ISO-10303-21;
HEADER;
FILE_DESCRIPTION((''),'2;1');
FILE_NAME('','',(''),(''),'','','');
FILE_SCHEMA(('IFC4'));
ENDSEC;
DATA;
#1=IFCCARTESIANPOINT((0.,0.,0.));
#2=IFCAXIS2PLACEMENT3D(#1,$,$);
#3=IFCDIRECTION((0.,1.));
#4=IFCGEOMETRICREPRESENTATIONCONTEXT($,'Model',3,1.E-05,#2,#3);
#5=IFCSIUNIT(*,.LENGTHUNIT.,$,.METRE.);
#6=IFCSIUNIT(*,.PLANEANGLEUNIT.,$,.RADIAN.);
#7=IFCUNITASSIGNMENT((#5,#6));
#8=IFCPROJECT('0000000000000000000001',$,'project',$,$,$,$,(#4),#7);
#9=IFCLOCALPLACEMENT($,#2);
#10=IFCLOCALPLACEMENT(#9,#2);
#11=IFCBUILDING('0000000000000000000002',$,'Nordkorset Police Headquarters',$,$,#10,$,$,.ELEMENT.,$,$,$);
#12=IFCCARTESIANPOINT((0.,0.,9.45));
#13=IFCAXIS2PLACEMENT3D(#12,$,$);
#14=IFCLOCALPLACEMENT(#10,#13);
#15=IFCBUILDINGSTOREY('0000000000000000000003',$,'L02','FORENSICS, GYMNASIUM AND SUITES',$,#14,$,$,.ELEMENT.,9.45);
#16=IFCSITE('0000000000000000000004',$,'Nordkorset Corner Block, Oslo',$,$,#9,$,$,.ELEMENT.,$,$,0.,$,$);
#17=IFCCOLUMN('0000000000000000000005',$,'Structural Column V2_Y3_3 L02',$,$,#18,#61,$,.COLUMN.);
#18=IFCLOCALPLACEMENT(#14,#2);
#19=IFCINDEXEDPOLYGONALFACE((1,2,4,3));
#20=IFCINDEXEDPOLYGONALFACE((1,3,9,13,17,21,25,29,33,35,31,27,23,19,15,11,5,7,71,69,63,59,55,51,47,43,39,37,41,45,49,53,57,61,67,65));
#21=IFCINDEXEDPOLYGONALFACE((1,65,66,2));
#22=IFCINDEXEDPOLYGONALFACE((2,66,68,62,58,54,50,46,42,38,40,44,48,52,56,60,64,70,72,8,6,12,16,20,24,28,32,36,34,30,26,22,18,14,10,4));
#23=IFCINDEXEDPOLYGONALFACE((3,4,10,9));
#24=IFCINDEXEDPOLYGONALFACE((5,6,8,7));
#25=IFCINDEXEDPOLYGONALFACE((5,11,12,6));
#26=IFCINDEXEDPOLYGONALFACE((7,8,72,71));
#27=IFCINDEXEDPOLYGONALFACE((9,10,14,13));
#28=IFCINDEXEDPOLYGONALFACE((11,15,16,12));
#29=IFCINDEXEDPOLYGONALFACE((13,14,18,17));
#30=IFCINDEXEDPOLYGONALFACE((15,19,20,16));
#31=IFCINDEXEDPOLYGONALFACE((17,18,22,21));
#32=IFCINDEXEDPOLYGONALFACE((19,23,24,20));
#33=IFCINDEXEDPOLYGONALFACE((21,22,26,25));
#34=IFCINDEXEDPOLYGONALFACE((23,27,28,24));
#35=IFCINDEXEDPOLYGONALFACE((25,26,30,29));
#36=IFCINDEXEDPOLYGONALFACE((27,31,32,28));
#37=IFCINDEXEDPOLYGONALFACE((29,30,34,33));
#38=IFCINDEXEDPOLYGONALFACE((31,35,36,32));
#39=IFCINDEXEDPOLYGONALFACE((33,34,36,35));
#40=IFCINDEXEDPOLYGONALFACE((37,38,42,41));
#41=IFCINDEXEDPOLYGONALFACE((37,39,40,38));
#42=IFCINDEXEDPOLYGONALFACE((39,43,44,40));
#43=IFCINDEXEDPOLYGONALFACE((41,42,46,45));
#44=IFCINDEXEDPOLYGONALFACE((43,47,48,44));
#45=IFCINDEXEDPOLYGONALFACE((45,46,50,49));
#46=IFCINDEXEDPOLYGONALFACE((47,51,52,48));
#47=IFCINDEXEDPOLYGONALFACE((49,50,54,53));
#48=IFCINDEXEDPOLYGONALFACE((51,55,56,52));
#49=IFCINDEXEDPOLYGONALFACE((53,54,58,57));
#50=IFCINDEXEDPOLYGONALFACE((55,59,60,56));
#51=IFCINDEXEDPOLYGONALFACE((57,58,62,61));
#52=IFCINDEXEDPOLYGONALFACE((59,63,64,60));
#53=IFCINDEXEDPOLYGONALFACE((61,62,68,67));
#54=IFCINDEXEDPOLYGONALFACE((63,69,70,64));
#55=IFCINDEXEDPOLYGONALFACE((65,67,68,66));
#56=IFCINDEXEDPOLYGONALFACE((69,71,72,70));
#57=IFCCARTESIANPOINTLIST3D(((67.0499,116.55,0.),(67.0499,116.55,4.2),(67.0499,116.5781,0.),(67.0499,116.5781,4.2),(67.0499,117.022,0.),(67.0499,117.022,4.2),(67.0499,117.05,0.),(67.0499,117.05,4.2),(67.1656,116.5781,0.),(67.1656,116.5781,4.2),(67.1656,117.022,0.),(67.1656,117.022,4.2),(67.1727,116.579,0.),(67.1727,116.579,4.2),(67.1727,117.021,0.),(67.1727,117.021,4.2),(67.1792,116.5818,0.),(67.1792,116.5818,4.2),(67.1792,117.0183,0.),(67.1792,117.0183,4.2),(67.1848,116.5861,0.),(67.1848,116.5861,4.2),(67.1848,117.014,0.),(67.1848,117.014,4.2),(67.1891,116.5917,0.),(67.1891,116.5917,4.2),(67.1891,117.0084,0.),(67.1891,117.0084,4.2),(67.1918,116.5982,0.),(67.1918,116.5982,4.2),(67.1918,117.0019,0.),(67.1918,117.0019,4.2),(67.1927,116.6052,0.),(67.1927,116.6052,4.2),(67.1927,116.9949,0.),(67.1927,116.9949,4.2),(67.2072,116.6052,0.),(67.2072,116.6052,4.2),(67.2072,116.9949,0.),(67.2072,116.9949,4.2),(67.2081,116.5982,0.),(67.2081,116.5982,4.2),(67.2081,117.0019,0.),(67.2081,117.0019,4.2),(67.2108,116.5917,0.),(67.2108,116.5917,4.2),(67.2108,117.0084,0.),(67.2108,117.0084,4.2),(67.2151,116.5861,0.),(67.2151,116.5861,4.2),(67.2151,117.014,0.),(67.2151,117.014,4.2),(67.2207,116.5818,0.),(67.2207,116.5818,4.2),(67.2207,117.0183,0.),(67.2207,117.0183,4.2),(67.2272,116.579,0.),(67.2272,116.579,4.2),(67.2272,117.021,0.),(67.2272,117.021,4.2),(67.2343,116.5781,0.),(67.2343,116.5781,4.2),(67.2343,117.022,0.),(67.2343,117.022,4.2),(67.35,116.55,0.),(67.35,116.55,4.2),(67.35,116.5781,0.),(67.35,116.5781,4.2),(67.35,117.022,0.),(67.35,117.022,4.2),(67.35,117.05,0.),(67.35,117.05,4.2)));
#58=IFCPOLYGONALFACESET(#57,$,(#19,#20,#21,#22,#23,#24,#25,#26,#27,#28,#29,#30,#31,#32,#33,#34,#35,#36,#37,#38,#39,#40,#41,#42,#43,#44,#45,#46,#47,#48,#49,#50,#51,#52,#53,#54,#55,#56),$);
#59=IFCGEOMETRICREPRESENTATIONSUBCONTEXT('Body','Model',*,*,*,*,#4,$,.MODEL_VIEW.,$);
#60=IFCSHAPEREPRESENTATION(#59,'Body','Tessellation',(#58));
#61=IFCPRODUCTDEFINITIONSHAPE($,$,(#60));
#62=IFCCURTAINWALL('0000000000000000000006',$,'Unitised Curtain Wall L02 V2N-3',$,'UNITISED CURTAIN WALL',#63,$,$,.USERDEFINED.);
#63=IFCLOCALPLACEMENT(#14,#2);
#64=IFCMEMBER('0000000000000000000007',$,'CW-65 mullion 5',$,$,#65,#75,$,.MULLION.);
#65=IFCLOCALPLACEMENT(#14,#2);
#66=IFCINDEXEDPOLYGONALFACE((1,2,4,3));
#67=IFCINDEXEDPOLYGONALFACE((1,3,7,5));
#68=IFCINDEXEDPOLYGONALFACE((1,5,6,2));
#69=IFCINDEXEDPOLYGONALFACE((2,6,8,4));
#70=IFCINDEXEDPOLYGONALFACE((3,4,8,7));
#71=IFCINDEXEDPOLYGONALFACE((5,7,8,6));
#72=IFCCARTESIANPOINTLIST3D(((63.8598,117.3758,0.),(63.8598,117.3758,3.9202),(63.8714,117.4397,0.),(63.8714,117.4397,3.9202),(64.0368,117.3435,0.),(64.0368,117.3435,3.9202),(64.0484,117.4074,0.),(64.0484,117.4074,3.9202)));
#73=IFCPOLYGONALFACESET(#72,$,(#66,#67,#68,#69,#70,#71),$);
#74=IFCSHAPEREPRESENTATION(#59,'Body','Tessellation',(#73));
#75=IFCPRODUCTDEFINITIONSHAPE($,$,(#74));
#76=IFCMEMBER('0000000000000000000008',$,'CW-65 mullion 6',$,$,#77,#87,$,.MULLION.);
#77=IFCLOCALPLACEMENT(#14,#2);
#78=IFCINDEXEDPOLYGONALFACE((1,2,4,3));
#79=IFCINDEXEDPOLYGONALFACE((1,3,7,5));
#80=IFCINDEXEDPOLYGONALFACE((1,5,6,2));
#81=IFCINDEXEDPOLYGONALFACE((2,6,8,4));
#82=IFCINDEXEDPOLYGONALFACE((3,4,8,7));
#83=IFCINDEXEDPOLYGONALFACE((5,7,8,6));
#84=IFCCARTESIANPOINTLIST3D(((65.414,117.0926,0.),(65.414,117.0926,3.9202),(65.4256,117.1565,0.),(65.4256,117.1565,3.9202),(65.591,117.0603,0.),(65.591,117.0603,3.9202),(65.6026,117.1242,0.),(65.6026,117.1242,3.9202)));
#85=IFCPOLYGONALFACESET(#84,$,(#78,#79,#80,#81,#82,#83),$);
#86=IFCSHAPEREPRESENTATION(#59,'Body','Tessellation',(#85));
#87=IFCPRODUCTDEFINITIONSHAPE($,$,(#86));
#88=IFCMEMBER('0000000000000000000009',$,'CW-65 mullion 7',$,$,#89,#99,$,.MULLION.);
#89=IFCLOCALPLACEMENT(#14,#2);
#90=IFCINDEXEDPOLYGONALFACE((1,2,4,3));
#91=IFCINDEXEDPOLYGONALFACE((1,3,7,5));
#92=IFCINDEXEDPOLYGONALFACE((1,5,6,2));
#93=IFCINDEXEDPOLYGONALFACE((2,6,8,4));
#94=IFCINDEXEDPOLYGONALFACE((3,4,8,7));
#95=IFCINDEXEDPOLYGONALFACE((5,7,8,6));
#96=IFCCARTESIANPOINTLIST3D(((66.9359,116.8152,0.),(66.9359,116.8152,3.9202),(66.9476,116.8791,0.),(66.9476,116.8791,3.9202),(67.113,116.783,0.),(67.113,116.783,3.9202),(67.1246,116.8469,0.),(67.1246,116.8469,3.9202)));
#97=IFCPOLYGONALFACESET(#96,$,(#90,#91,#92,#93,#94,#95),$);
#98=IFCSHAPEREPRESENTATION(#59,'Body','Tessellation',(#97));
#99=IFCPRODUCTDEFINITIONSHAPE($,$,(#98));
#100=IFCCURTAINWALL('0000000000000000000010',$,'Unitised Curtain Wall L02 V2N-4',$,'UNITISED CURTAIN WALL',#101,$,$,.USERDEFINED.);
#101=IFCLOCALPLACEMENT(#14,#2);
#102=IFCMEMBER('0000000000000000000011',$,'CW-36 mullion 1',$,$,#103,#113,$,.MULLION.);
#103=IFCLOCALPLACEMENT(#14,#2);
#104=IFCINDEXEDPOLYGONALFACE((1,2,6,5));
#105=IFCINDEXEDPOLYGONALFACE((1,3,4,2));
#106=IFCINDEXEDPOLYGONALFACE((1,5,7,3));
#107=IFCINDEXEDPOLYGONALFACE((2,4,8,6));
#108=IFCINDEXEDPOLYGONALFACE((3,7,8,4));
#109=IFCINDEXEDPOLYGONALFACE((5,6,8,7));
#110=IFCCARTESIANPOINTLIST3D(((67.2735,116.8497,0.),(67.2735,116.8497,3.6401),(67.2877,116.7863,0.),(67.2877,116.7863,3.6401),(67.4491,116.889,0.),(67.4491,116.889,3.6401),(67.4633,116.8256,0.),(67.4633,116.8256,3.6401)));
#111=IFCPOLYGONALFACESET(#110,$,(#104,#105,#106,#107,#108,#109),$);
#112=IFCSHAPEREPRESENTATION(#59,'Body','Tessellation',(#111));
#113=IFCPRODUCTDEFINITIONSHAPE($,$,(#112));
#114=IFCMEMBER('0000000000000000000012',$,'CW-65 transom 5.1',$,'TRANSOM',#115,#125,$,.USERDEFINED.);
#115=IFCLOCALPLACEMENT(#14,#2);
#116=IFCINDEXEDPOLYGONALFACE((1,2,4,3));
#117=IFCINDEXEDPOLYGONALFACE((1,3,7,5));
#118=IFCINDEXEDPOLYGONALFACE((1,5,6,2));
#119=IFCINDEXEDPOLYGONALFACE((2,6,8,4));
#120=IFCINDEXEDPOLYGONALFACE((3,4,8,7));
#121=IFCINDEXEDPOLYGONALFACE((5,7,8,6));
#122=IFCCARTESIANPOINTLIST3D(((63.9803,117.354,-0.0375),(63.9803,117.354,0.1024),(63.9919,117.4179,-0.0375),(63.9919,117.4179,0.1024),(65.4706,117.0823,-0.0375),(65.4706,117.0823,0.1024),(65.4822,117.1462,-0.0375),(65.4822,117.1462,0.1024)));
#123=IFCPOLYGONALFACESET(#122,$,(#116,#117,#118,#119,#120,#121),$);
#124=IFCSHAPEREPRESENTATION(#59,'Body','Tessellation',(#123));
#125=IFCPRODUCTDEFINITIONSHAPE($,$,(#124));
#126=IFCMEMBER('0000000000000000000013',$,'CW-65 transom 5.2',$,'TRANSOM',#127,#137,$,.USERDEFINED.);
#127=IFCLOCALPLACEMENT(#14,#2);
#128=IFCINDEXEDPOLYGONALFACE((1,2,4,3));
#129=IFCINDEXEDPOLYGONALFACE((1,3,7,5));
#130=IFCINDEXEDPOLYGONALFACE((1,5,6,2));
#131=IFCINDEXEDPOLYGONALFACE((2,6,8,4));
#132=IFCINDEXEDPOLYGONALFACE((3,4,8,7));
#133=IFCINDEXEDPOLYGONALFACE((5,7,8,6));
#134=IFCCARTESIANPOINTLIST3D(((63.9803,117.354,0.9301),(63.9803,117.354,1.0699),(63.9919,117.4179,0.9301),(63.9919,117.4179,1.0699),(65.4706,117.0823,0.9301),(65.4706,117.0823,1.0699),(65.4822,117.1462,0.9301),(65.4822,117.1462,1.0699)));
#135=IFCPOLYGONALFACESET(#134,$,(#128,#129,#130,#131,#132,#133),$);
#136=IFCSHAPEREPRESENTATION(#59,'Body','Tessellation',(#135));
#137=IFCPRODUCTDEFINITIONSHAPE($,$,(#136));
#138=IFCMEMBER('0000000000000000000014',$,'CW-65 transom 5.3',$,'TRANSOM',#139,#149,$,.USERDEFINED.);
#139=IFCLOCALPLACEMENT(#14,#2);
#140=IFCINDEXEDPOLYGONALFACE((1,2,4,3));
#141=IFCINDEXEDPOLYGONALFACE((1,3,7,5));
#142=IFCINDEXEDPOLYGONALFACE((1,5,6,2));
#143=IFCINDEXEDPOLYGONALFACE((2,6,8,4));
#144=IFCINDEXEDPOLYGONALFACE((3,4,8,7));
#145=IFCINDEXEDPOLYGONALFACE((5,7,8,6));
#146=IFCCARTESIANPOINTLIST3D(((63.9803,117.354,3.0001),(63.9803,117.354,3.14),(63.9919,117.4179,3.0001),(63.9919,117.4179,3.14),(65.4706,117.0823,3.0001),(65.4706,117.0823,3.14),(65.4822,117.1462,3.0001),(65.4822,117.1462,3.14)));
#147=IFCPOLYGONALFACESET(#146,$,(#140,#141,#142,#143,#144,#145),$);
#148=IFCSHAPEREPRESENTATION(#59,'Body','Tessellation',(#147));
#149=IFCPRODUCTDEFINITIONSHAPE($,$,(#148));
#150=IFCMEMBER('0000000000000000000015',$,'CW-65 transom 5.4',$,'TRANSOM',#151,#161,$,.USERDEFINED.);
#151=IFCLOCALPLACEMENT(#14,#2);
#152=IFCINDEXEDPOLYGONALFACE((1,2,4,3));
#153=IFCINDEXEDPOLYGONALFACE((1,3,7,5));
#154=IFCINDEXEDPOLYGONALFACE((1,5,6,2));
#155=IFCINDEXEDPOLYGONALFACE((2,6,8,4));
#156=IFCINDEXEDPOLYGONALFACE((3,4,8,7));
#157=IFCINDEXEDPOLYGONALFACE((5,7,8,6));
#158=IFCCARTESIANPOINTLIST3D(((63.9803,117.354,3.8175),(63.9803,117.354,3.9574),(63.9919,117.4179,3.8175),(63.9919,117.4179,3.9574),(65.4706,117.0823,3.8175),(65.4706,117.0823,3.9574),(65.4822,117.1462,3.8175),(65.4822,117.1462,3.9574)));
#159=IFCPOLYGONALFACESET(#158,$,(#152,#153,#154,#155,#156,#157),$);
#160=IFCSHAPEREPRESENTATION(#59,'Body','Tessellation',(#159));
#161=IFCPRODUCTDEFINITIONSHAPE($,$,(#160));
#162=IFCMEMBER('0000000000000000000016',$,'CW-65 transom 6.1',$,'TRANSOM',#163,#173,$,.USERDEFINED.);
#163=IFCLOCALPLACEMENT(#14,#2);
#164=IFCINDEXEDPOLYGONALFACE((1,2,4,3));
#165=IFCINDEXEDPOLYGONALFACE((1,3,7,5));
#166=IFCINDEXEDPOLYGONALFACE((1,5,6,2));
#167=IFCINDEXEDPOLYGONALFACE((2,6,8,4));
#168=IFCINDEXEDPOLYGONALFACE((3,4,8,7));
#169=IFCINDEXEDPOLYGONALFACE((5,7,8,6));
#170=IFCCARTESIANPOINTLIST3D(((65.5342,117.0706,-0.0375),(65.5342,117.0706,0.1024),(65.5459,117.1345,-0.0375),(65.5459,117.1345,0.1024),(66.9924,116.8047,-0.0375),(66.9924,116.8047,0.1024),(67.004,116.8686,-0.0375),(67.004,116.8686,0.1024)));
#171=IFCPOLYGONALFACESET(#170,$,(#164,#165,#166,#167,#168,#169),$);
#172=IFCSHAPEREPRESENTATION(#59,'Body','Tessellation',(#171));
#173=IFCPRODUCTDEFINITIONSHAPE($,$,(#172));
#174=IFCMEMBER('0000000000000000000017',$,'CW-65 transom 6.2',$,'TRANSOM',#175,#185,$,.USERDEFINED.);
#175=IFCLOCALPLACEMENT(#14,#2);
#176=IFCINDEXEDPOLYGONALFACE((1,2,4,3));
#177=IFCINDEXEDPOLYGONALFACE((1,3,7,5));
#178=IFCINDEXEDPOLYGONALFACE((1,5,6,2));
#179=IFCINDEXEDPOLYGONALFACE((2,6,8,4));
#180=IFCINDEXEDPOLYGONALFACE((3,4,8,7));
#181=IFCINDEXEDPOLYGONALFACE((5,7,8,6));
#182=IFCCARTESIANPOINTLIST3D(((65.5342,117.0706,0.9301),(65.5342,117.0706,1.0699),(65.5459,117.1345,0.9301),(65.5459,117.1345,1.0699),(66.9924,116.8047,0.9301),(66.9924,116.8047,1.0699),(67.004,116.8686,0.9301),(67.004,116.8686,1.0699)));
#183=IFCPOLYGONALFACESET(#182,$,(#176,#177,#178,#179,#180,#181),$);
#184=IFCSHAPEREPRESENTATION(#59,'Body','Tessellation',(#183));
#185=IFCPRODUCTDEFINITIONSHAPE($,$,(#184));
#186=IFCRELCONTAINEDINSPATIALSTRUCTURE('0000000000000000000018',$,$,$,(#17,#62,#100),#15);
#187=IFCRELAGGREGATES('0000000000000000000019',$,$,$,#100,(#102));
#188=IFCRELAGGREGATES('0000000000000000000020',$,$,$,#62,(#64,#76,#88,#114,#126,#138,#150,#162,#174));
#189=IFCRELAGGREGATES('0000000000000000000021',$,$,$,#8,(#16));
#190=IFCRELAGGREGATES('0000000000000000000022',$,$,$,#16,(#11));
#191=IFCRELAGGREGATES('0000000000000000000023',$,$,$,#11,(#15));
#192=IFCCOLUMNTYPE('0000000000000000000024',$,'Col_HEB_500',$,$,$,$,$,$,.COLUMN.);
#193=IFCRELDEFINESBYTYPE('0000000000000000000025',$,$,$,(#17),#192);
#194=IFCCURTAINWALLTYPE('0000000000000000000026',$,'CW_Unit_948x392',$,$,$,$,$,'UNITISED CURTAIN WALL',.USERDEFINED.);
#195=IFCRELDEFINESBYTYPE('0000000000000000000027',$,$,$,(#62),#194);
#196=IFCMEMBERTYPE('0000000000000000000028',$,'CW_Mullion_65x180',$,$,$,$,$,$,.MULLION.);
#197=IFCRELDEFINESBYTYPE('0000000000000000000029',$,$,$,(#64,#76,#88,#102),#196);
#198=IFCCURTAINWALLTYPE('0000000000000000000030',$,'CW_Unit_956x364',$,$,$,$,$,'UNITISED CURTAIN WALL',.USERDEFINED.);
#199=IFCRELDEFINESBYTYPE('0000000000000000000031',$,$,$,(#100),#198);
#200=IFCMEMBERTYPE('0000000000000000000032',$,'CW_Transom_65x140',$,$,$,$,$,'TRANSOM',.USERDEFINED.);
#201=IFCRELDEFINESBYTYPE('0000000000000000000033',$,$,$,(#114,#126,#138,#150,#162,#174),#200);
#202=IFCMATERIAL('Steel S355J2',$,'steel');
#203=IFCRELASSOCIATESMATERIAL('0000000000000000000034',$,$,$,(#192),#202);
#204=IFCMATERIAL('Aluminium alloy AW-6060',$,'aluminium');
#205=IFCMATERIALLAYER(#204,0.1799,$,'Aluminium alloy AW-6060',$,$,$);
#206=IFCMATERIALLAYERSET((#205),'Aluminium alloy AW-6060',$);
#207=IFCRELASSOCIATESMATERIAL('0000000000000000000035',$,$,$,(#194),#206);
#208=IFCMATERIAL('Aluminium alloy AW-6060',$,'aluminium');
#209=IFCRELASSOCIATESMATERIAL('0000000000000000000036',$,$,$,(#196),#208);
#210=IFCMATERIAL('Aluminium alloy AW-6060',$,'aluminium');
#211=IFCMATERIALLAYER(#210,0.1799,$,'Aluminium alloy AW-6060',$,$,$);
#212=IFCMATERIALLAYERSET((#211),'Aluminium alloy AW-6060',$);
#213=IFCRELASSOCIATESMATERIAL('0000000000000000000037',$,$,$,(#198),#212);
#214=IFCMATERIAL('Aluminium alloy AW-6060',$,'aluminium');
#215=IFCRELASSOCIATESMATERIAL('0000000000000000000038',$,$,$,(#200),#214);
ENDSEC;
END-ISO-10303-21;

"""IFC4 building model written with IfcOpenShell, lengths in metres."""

from ifc_helpers import new_model, si_unit, direction, frame, origin, origin_2d, place, context, subcontext, project, spatial, rectangle, i_section, extrude, material, layer, layer_set, material_profile, profile_set, type_object, element, aggregate, save


model = new_model("IFC4")

# Units and contexts
model_context = context("Model", 3, precision=1e-05, world=origin(), true_north=direction((0.0, 1.0)))
body_context = subcontext(model_context, "Body", "Model", "MODEL_VIEW")
ifc_project = project(units=[si_unit("LENGTHUNIT", "METRE"), si_unit("PLANEANGLEUNIT", "RADIAN")], contexts=[model_context])

# Site, building, storey
site_placement = place(None, origin())
site = spatial("IfcSite", under=ifc_project, at=site_placement, Name="Nordkorset Corner Block, Oslo", CompositionType="ELEMENT", RefElevation=0.0)
building_placement = place(site_placement, origin())
building = spatial("IfcBuilding", under=site, at=building_placement, Name="Nordkorset Police Headquarters", CompositionType="ELEMENT")
storey_placement = place(building_placement, frame((0.0, 0.0, 9.45)))
storey = spatial("IfcBuildingStorey", under=building, at=storey_placement, Name="L02", Description="FORENSICS, GYMNASIUM AND SUITES", CompositionType="ELEMENT", Elevation=9.45)

# Column
ifc_material_1 = material(Name="Steel S355J2", Category="steel")
ifc_material_profile_1 = material_profile(ifc_material_1, i_section(OverallWidth=0.3, OverallDepth=0.5, WebThickness=0.0144, FlangeThickness=0.0281, FilletRadius=0.0271, at=origin_2d()), Name="HEB 500")
ifc_profile_set_1 = profile_set([ifc_material_profile_1], Name="Steel S355J2")
column_type = type_object("IfcColumnType", Name="Col_HEB_500", PredefinedType="COLUMN", material=ifc_profile_set_1)
column_placement = place(storey_placement, frame((67.2, 116.8, 0.0), z_axis=(0.0, 0.0, 1.0), x_axis=(1.0, 0.0, 0.0)))
element("IfcColumn", 1, at=column_placement, inside=storey, type_object=column_type, Name="Structural Column V2_Y3_3 L02", PredefinedType="COLUMN", context=body_context, shape_type="SweptSolid", body=[
    extrude(i_section(OverallWidth=0.3, OverallDepth=0.5, WebThickness=0.0144, FlangeThickness=0.0281, FilletRadius=0.0271, at=origin_2d()), origin(), (0.0, 0.0, 1.0), 4.2),
])

# Curtain wall, members
ifc_material_2 = material(Name="Aluminium alloy AW-6060", Category="aluminium")
ifc_layer_1 = layer(ifc_material_2, 0.1799, Name="Aluminium alloy AW-6060")
ifc_layer_set_1 = layer_set([ifc_layer_1], Name="Aluminium alloy AW-6060")
curtain_wall_type_1 = type_object("IfcCurtainWallType", Name="CW_Unit_948x392", ElementType="UNITISED CURTAIN WALL", PredefinedType="USERDEFINED", material=ifc_layer_set_1)
curtain_wall_1_placement = place(storey_placement, origin())
curtain_wall_1 = element("IfcCurtainWall", 2, at=curtain_wall_1_placement, inside=storey, type_object=curtain_wall_type_1, Name="Unitised Curtain Wall L02 V2N-3", ObjectType="UNITISED CURTAIN WALL", PredefinedType="USERDEFINED")
ifc_material_3 = material(Name="Aluminium alloy AW-6060", Category="aluminium")
ifc_material_profile_2 = material_profile(ifc_material_3, rectangle(XDim=0.0649, YDim=0.1799, at=origin_2d()), Name="ALU MULL 65x180")
ifc_profile_set_2 = profile_set([ifc_material_profile_2], Name="Aluminium alloy AW-6060")
member_type_1 = type_object("IfcMemberType", Name="CW_Mullion_65x180", PredefinedType="MULLION", material=ifc_profile_set_2)
member_1_placement = place(storey_placement, frame((63.9541, 117.3916, 0.0), z_axis=(0.0, 0.0, 1.0), x_axis=(0.179336, 0.983788, 0.0)))
member_1 = element("IfcMember", 3, at=member_1_placement, type_object=member_type_1, Name="CW-65 mullion 5", PredefinedType="MULLION", context=body_context, shape_type="SweptSolid", body=[
    extrude(rectangle(XDim=0.0649, YDim=0.1799, at=origin_2d()), origin(), (0.0, 0.0, 1.0), 3.9202),
])
member_2_placement = place(storey_placement, frame((65.5083, 117.1084, 0.0), z_axis=(0.0, 0.0, 1.0), x_axis=(0.179336, 0.983788, 0.0)))
member_2 = element("IfcMember", 4, at=member_2_placement, type_object=member_type_1, Name="CW-65 mullion 6", PredefinedType="MULLION", context=body_context, shape_type="SweptSolid", body=[
    extrude(rectangle(XDim=0.0649, YDim=0.1799, at=origin_2d()), origin(), (0.0, 0.0, 1.0), 3.9202),
])
member_3_placement = place(storey_placement, frame((67.0303, 116.8311, 0.0), z_axis=(0.0, 0.0, 1.0), x_axis=(0.179336, 0.983788, 0.0)))
member_3 = element("IfcMember", 5, at=member_3_placement, type_object=member_type_1, Name="CW-65 mullion 7", PredefinedType="MULLION", context=body_context, shape_type="SweptSolid", body=[
    extrude(rectangle(XDim=0.0649, YDim=0.1799, at=origin_2d()), origin(), (0.0, 0.0, 1.0), 3.9202),
])

# Curtain wall, member
ifc_material_4 = material(Name="Aluminium alloy AW-6060", Category="aluminium")
ifc_layer_2 = layer(ifc_material_4, 0.1799, Name="Aluminium alloy AW-6060")
ifc_layer_set_2 = layer_set([ifc_layer_2], Name="Aluminium alloy AW-6060")
curtain_wall_type_2 = type_object("IfcCurtainWallType", Name="CW_Unit_956x364", ElementType="UNITISED CURTAIN WALL", PredefinedType="USERDEFINED", material=ifc_layer_set_2)
curtain_wall_2_placement = place(storey_placement, origin())
curtain_wall_2 = element("IfcCurtainWall", 6, at=curtain_wall_2_placement, inside=storey, type_object=curtain_wall_type_2, Name="Unitised Curtain Wall L02 V2N-4", ObjectType="UNITISED CURTAIN WALL", PredefinedType="USERDEFINED")
member_4_placement = place(storey_placement, frame((67.3684, 116.8376, 0.0), z_axis=(0.0, 0.0, 1.0), x_axis=(-0.218544, 0.975827, 0.0)))
member_4 = element("IfcMember", 7, at=member_4_placement, type_object=member_type_1, Name="CW-36 mullion 1", PredefinedType="MULLION", context=body_context, shape_type="SweptSolid", body=[
    extrude(rectangle(XDim=0.0649, YDim=0.1799, at=origin_2d()), origin(), (0.0, 0.0, 1.0), 3.6401),
])
aggregate(curtain_wall_2, [member_4])

# Members
ifc_material_5 = material(Name="Aluminium alloy AW-6060", Category="aluminium")
ifc_material_profile_3 = material_profile(ifc_material_5, rectangle(XDim=0.0649, YDim=0.1399, at=origin_2d()), Name="ALU TRAN 65x140")
ifc_profile_set_3 = profile_set([ifc_material_profile_3], Name="Aluminium alloy AW-6060")
member_type_2 = type_object("IfcMemberType", Name="CW_Transom_65x140", ElementType="TRANSOM", PredefinedType="USERDEFINED", material=ifc_profile_set_3)
member_5_placement = place(storey_placement, frame((63.9861, 117.386, 0.0325), z_axis=(0.98378, -0.179382, 0.0), x_axis=(0.179382, 0.98378, 0.0)))
member_5 = element("IfcMember", 8, at=member_5_placement, type_object=member_type_2, Name="CW-65 transom 5.1", ObjectType="TRANSOM", PredefinedType="USERDEFINED", context=body_context, shape_type="SweptSolid", body=[
    extrude(rectangle(XDim=0.0649, YDim=0.1399, at=origin_2d()), origin(), (0.0, 0.0, 1.0), 1.5149),
])
member_6_placement = place(storey_placement, frame((63.9861, 117.386, 1.0), z_axis=(0.98378, -0.179382, 0.0), x_axis=(0.179382, 0.98378, 0.0)))
member_6 = element("IfcMember", 9, at=member_6_placement, type_object=member_type_2, Name="CW-65 transom 5.2", ObjectType="TRANSOM", PredefinedType="USERDEFINED", context=body_context, shape_type="SweptSolid", body=[
    extrude(rectangle(XDim=0.0649, YDim=0.1399, at=origin_2d()), origin(), (0.0, 0.0, 1.0), 1.5149),
])
member_7_placement = place(storey_placement, frame((63.9861, 117.386, 3.0701), z_axis=(0.98378, -0.179382, 0.0), x_axis=(0.179382, 0.98378, 0.0)))
member_7 = element("IfcMember", 10, at=member_7_placement, type_object=member_type_2, Name="CW-65 transom 5.3", ObjectType="TRANSOM", PredefinedType="USERDEFINED", context=body_context, shape_type="SweptSolid", body=[
    extrude(rectangle(XDim=0.0649, YDim=0.1399, at=origin_2d()), origin(), (0.0, 0.0, 1.0), 1.5149),
])
member_8_placement = place(storey_placement, frame((63.9861, 117.386, 3.8875), z_axis=(0.98378, -0.179382, 0.0), x_axis=(0.179382, 0.98378, 0.0)))
member_8 = element("IfcMember", 11, at=member_8_placement, type_object=member_type_2, Name="CW-65 transom 5.4", ObjectType="TRANSOM", PredefinedType="USERDEFINED", context=body_context, shape_type="SweptSolid", body=[
    extrude(rectangle(XDim=0.0649, YDim=0.1399, at=origin_2d()), origin(), (0.0, 0.0, 1.0), 1.5149),
])
member_9_placement = place(storey_placement, frame((65.54, 117.1025, 0.0325), z_axis=(0.983783, -0.179364, 0.0), x_axis=(0.179364, 0.983783, 0.0)))
member_9 = element("IfcMember", 12, at=member_9_placement, type_object=member_type_2, Name="CW-65 transom 6.1", ObjectType="TRANSOM", PredefinedType="USERDEFINED", context=body_context, shape_type="SweptSolid", body=[
    extrude(rectangle(XDim=0.0649, YDim=0.1399, at=origin_2d()), origin(), (0.0, 0.0, 1.0), 1.4822),
])
member_10_placement = place(storey_placement, frame((65.54, 117.1025, 1.0), z_axis=(0.983783, -0.179364, 0.0), x_axis=(0.179364, 0.983783, 0.0)))
member_10 = element("IfcMember", 13, at=member_10_placement, type_object=member_type_2, Name="CW-65 transom 6.2", ObjectType="TRANSOM", PredefinedType="USERDEFINED", context=body_context, shape_type="SweptSolid", body=[
    extrude(rectangle(XDim=0.0649, YDim=0.1399, at=origin_2d()), origin(), (0.0, 0.0, 1.0), 1.4822),
])

aggregate(curtain_wall_1, [member_1, member_2, member_3, member_5, member_6, member_7, member_8, member_9, member_10])

save(model, "model.ifc")
